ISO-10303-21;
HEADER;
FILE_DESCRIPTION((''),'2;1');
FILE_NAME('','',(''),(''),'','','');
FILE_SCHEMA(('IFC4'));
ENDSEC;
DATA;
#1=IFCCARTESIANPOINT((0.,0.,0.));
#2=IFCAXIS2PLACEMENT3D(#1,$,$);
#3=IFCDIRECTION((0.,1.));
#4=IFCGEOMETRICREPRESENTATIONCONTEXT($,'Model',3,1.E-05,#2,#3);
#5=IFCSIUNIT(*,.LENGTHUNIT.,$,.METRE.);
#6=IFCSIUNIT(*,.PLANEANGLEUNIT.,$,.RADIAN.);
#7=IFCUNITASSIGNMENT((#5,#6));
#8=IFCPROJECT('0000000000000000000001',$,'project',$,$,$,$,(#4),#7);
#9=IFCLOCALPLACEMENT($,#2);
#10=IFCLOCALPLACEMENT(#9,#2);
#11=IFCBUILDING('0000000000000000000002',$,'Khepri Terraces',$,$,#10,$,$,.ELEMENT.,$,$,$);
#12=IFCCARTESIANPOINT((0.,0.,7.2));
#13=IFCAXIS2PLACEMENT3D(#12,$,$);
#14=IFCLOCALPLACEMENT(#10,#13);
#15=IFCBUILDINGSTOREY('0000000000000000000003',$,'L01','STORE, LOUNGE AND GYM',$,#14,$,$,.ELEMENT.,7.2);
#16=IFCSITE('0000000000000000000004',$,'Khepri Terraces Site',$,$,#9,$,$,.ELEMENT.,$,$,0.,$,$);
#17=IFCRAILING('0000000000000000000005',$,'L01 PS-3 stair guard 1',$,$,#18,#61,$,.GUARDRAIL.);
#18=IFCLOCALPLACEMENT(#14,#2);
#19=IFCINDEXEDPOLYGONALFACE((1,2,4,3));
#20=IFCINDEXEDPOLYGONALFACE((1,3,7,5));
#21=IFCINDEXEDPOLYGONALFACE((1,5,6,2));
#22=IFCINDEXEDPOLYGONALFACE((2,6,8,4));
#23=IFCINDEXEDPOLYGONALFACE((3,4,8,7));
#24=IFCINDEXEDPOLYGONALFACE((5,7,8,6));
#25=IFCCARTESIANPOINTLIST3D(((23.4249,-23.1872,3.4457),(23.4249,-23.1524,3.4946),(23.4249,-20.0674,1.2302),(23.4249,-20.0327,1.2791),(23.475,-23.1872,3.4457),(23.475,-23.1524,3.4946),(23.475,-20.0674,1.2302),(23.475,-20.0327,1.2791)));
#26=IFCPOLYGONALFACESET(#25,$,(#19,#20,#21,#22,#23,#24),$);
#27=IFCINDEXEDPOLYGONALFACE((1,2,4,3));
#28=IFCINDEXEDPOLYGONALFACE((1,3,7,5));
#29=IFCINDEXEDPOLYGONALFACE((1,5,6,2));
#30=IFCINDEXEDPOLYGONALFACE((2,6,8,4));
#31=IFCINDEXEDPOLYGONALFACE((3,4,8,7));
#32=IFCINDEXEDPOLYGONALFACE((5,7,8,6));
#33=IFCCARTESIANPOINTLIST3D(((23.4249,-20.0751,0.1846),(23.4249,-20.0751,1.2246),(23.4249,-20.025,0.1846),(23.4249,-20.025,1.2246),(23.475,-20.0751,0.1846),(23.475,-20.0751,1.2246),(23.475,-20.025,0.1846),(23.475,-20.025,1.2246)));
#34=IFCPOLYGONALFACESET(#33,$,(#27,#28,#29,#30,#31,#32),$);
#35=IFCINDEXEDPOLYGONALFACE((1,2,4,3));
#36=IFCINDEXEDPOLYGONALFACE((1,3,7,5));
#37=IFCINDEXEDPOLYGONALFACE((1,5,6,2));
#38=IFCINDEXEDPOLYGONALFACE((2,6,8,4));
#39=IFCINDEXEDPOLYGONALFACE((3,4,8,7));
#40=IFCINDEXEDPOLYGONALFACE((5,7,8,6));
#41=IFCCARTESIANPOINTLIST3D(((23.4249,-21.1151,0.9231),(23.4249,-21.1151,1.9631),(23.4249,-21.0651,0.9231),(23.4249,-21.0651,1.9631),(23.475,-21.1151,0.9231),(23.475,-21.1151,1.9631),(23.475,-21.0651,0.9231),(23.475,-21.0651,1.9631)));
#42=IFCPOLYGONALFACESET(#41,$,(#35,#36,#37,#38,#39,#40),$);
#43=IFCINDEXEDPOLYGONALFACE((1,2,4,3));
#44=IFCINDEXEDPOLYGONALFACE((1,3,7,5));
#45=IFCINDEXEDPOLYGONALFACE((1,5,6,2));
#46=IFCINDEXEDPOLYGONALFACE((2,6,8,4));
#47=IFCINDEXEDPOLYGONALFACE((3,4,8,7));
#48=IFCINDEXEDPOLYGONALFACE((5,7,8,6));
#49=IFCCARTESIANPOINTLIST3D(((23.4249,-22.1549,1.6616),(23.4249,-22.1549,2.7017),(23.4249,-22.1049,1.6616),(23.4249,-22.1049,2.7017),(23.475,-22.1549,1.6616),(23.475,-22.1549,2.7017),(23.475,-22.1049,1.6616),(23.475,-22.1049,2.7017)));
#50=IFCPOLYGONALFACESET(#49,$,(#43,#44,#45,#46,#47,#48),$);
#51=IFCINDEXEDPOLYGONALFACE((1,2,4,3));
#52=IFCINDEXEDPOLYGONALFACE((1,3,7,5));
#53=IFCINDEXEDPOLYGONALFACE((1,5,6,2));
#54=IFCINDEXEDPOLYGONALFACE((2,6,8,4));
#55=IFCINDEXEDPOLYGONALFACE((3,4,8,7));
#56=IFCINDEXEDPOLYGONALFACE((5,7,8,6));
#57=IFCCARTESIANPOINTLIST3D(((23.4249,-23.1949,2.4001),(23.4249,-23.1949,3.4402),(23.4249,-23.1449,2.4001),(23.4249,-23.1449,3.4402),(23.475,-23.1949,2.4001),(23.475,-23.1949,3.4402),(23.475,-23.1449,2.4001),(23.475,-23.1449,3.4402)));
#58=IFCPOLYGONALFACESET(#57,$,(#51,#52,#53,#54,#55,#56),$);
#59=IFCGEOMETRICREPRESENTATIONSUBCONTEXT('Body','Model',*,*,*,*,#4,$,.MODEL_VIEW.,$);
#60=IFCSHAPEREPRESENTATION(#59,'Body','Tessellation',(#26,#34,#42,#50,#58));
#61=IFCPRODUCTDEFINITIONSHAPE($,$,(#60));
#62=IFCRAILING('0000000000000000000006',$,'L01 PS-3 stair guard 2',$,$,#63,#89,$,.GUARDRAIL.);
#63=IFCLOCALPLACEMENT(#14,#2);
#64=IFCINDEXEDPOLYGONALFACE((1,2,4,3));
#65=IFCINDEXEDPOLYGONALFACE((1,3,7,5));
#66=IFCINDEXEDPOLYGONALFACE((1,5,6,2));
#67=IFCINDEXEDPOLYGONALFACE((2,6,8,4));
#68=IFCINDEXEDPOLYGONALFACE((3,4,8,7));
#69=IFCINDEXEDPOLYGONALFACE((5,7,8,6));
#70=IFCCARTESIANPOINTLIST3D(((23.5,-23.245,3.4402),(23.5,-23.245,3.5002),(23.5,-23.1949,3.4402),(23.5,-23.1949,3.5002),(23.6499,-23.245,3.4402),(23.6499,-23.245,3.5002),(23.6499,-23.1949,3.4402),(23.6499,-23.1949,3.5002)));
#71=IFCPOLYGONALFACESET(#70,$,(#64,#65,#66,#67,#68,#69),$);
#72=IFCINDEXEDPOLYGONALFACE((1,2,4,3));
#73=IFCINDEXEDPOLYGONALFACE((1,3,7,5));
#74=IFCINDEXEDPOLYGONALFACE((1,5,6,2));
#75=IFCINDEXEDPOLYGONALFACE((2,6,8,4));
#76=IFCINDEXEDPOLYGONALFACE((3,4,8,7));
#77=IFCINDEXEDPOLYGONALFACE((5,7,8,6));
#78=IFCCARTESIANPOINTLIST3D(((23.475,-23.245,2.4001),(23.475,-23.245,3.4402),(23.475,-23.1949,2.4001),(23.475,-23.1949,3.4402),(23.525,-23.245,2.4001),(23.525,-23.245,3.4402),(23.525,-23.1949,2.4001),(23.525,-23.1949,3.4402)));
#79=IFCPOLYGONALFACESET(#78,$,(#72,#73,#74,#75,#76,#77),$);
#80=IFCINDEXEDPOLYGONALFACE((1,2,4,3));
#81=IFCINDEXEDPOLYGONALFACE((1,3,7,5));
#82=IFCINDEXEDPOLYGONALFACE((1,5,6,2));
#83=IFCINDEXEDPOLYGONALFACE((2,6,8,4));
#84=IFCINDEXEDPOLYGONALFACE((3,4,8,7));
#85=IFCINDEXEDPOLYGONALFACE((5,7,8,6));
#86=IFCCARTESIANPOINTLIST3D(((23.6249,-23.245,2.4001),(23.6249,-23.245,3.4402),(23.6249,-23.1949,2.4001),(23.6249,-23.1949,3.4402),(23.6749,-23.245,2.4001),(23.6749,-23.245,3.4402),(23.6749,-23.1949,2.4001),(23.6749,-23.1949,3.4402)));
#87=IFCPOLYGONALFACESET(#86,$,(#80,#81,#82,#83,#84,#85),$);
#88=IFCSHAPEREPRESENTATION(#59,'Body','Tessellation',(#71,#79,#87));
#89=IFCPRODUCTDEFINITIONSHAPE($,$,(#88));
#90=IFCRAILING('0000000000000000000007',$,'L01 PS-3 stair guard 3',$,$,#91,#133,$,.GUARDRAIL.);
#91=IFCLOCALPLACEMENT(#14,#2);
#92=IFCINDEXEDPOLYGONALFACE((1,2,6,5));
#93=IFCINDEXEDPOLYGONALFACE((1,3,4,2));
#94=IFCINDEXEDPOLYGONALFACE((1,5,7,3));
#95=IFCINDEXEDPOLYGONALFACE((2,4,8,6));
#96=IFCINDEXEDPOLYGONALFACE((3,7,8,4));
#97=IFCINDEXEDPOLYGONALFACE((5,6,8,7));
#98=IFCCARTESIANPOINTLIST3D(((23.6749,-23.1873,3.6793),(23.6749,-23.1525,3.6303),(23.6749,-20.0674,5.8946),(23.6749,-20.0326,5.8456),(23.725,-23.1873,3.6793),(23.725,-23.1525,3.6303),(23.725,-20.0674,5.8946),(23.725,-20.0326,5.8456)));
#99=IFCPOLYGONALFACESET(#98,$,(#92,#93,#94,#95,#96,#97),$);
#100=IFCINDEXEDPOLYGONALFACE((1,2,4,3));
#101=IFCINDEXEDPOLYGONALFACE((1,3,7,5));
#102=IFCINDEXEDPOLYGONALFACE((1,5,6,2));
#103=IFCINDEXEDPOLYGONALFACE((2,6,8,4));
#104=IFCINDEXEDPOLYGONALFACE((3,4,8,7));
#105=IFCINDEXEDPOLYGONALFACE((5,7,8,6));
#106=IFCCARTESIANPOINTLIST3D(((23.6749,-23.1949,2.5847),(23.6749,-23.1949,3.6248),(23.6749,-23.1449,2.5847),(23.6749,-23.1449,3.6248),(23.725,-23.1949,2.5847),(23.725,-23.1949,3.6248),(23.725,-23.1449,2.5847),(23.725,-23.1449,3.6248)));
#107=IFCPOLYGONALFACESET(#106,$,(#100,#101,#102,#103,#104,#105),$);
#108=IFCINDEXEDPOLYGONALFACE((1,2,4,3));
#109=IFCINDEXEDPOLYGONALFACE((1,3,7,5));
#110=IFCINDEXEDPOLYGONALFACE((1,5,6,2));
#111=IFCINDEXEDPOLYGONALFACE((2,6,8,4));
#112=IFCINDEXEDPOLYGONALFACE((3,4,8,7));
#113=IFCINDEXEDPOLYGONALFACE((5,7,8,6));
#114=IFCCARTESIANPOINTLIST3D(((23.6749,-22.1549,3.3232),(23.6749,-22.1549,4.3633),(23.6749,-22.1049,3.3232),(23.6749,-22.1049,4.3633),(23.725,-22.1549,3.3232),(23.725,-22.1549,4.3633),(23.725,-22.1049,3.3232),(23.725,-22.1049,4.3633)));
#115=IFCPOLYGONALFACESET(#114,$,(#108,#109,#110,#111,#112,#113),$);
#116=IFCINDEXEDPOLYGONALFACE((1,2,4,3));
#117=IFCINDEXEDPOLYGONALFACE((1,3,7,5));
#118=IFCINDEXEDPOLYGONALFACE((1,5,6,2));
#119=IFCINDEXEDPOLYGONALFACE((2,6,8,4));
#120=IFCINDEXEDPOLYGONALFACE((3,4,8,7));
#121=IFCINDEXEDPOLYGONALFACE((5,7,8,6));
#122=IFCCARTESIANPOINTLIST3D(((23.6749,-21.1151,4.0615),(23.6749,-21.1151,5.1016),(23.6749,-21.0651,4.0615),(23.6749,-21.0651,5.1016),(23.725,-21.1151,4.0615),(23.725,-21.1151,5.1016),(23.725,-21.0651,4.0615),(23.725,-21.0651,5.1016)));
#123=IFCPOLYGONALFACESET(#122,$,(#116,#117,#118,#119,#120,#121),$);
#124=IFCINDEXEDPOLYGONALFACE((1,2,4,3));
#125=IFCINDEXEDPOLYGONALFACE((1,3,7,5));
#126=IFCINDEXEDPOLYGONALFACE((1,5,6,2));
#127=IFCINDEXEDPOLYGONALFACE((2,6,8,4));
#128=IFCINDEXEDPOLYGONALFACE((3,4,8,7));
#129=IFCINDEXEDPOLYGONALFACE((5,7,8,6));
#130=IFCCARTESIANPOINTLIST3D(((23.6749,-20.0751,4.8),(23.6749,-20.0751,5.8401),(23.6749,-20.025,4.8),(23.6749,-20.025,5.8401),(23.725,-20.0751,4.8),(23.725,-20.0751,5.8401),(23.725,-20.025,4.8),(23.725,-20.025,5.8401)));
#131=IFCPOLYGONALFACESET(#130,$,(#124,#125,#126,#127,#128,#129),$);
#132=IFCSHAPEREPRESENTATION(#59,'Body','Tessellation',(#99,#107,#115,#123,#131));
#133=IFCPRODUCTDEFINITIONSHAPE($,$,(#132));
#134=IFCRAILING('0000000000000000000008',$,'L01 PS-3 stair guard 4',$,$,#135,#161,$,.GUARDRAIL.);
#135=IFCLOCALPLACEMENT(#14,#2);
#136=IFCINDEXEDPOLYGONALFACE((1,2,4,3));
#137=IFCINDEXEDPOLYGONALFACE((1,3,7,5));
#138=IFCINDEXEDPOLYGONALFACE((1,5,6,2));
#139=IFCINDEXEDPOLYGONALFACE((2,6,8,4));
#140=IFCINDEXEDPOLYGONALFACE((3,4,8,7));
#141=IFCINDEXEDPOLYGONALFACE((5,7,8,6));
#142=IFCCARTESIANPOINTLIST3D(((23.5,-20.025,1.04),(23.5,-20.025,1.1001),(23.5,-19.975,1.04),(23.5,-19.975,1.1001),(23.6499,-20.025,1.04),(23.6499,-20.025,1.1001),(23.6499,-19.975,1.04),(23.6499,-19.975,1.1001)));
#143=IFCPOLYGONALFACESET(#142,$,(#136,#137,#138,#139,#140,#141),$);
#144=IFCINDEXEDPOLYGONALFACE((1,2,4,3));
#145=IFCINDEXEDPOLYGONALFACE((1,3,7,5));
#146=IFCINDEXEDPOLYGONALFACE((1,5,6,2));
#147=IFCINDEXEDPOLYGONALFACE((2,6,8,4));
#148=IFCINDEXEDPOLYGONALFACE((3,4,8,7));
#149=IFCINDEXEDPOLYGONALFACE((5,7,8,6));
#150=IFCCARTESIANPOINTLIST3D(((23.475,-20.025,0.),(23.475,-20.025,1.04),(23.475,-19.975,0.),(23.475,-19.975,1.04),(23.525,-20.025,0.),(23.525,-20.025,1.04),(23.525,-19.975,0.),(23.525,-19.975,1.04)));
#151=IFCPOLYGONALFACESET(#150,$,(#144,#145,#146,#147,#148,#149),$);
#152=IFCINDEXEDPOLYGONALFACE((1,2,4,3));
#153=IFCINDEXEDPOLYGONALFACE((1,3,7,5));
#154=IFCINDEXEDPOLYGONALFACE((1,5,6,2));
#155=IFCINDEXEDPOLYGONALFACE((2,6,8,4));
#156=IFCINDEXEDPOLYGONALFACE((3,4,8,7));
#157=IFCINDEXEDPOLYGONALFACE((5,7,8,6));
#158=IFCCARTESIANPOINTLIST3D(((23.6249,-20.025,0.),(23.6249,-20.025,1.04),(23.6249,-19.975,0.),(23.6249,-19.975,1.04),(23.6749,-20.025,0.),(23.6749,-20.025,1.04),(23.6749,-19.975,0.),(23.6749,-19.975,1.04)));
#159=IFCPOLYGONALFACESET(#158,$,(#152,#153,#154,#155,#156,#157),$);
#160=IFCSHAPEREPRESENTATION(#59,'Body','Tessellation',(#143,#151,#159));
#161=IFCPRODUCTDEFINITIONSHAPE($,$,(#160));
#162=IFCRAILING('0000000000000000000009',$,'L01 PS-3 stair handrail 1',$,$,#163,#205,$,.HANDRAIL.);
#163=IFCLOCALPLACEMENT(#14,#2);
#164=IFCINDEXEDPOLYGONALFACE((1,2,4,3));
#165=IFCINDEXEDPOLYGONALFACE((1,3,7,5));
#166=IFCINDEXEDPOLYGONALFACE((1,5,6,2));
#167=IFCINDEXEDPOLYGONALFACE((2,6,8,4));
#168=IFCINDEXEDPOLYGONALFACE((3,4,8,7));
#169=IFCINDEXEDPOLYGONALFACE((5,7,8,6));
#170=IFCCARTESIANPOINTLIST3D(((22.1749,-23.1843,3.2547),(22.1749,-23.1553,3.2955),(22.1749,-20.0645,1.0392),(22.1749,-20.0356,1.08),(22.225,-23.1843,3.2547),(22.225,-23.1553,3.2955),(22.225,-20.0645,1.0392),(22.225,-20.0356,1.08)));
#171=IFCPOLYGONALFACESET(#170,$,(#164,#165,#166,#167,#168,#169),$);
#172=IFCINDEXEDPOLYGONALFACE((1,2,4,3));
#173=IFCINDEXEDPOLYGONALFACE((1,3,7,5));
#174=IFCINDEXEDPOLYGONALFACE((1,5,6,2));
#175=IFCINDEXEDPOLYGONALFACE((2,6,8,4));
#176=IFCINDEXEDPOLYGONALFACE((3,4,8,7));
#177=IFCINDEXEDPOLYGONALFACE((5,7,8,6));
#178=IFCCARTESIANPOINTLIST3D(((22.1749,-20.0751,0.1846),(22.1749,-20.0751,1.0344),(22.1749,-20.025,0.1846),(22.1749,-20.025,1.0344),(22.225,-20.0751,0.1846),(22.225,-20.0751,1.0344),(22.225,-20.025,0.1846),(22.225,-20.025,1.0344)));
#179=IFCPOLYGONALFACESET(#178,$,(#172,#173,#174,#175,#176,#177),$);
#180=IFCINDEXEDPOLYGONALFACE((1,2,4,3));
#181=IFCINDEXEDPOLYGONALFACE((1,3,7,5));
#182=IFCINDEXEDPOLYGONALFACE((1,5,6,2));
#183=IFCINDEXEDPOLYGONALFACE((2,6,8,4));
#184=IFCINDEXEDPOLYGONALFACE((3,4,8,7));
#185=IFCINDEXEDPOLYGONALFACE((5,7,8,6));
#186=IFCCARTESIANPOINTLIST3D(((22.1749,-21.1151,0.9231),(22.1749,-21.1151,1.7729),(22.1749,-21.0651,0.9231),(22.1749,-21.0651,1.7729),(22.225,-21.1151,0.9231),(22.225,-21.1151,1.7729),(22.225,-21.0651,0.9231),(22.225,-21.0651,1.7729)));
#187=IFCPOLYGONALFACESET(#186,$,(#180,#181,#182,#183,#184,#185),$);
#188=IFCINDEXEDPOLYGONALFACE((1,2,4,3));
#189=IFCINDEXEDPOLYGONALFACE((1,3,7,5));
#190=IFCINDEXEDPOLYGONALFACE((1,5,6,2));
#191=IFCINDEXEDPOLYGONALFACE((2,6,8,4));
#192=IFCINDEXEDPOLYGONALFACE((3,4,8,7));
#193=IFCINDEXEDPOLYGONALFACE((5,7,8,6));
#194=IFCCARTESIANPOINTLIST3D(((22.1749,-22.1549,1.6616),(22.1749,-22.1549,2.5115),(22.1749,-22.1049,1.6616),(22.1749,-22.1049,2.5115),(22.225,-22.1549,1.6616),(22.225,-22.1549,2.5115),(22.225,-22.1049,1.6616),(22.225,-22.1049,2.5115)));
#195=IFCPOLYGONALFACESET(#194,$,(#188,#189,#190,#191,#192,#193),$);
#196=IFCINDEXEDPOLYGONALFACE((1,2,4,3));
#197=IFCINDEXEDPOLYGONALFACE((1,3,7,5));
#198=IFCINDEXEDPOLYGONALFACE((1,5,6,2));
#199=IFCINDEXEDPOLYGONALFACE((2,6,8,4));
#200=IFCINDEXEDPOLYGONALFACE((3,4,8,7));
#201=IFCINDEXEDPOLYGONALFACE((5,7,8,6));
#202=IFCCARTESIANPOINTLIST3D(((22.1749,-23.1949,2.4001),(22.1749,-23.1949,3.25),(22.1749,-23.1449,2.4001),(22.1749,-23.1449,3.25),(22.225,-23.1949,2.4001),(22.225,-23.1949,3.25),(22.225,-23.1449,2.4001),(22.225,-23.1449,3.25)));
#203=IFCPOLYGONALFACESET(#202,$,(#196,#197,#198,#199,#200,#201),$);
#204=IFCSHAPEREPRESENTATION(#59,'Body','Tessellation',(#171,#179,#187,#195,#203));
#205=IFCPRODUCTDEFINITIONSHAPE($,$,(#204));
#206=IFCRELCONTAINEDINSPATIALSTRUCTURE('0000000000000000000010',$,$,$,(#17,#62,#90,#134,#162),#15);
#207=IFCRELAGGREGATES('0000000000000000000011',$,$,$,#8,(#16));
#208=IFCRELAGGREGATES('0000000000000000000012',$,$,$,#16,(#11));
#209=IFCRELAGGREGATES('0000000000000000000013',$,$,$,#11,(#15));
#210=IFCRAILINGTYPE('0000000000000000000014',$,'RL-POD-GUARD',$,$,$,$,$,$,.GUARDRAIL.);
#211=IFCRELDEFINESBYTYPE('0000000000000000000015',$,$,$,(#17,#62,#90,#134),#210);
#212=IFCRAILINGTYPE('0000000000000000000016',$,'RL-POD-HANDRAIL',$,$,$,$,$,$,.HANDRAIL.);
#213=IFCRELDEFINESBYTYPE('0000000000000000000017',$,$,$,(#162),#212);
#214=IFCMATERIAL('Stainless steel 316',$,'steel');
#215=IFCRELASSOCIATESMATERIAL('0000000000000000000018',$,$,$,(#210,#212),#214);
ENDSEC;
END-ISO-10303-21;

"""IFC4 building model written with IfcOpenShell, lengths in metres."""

from ifc_helpers import new_model, si_unit, direction, frame, origin, origin_2d, place, context, subcontext, project, spatial, rectangle, extrude, material, type_object, element, save


model = new_model("IFC4")

# Units and contexts
model_context = context("Model", 3, precision=1e-05, world=origin(), true_north=direction((0.0, 1.0)))
body_context = subcontext(model_context, "Body", "Model", "MODEL_VIEW")
ifc_project = project(units=[si_unit("LENGTHUNIT", "METRE"), si_unit("PLANEANGLEUNIT", "RADIAN")], contexts=[model_context])

# Site, building, storey
site_placement = place(None, origin())
site = spatial("IfcSite", under=ifc_project, at=site_placement, Name="Khepri Terraces Site", CompositionType="ELEMENT", RefElevation=0.0)
building_placement = place(site_placement, origin())
building = spatial("IfcBuilding", under=site, at=building_placement, Name="Khepri Terraces", CompositionType="ELEMENT")
storey_placement = place(building_placement, frame((0.0, 0.0, 7.2)))
storey = spatial("IfcBuildingStorey", under=building, at=storey_placement, Name="L01", Description="STORE, LOUNGE AND GYM", CompositionType="ELEMENT", Elevation=7.2)

# Railings
ifc_material_1 = material(Name="Stainless steel 316", Category="steel")
railing_type_1 = type_object("IfcRailingType", Name="RL-POD-GUARD", PredefinedType="GUARDRAIL", material=ifc_material_1)
railing_1_placement = place(storey_placement, frame((23.45, -20.05, 0.1846)))
element("IfcRailing", 1, at=railing_1_placement, inside=storey, type_object=railing_type_1, Name="L01 PS-3 stair guard 1", PredefinedType="GUARDRAIL", context=body_context, shape_type="SweptSolid", body=[
    extrude(rectangle(XDim=0.05, YDim=0.0601, at=origin_2d()), frame((0.0, 0.0, 1.0701), z_axis=(0.0, -0.815325, 0.579003), x_axis=(1.0, 0.0, 0.0)), (0.0, 0.0, 1.0), 3.8264),
    extrude(rectangle(XDim=0.05, YDim=0.05, at=origin_2d()), origin(), (0.0, 0.0, 1.0), 1.04),
    extrude(rectangle(XDim=0.05, YDim=0.05, at=origin_2d()), frame((0.0, -1.04, 0.7385)), (0.0, 0.0, 1.0), 1.04),
    extrude(rectangle(XDim=0.05, YDim=0.05, at=origin_2d()), frame((0.0, -2.0798, 1.4771)), (0.0, 0.0, 1.0), 1.04),
    extrude(rectangle(XDim=0.05, YDim=0.05, at=origin_2d()), frame((0.0, -3.1199, 2.2156)), (0.0, 0.0, 1.0), 1.04),
])
railing_2_placement = place(storey_placement, frame((23.5, -23.22, 2.4001)))
element("IfcRailing", 2, at=railing_2_placement, inside=storey, type_object=railing_type_1, Name="L01 PS-3 stair guard 2", PredefinedType="GUARDRAIL", context=body_context, shape_type="SweptSolid", body=[
    extrude(rectangle(XDim=0.05, YDim=0.0601, at=origin_2d()), frame((0.0, 0.0, 1.0701), z_axis=(1.0, 0.0, 0.0), x_axis=(0.0, 1.0, 0.0)), (0.0, 0.0, 1.0), 0.1499),
    extrude(rectangle(XDim=0.05, YDim=0.05, at=origin_2d()), origin(), (0.0, 0.0, 1.0), 1.04),
    extrude(rectangle(XDim=0.05, YDim=0.05, at=origin_2d()), frame((0.1499, 0.0, 0.0)), (0.0, 0.0, 1.0), 1.04),
])
railing_3_placement = place(storey_placement, frame((23.7, -23.1699, 2.5847)))
element("IfcRailing", 3, at=railing_3_placement, inside=storey, type_object=railing_type_1, Name="L01 PS-3 stair guard 3", PredefinedType="GUARDRAIL", context=body_context, shape_type="SweptSolid", body=[
    extrude(rectangle(XDim=0.05, YDim=0.0601, at=origin_2d()), frame((0.0, 0.0, 1.0701), z_axis=(0.0, 0.815356, 0.578961), x_axis=(-1.0, 0.0, 0.0)), (0.0, 0.0, 1.0), 3.8264),
    extrude(rectangle(XDim=0.05, YDim=0.05, at=origin_2d()), origin(), (0.0, 0.0, 1.0), 1.04),
    extrude(rectangle(XDim=0.05, YDim=0.05, at=origin_2d()), frame((0.0, 1.04, 0.7385)), (0.0, 0.0, 1.0), 1.04),
    extrude(rectangle(XDim=0.05, YDim=0.05, at=origin_2d()), frame((0.0, 2.0798, 1.4768)), (0.0, 0.0, 1.0), 1.04),
    extrude(rectangle(XDim=0.05, YDim=0.05, at=origin_2d()), frame((0.0, 3.1199, 2.2153)), (0.0, 0.0, 1.0), 1.04),
])
railing_4_placement = place(storey_placement, frame((23.5, -20.0, 0.0)))
element("IfcRailing", 4, at=railing_4_placement, inside=storey, type_object=railing_type_1, Name="L01 PS-3 stair guard 4", PredefinedType="GUARDRAIL", context=body_context, shape_type="SweptSolid", body=[
    extrude(rectangle(XDim=0.05, YDim=0.0601, at=origin_2d()), frame((0.0, 0.0, 1.0701), z_axis=(1.0, 0.0, 0.0), x_axis=(0.0, 1.0, 0.0)), (0.0, 0.0, 1.0), 0.1499),
    extrude(rectangle(XDim=0.05, YDim=0.05, at=origin_2d()), origin(), (0.0, 0.0, 1.0), 1.04),
    extrude(rectangle(XDim=0.05, YDim=0.05, at=origin_2d()), frame((0.1499, 0.0, 0.0)), (0.0, 0.0, 1.0), 1.04),
])
railing_type_2 = type_object("IfcRailingType", Name="RL-POD-HANDRAIL", PredefinedType="HANDRAIL", material=ifc_material_1)
railing_5_placement = place(storey_placement, frame((22.2, -20.05, 0.1846)))
element("IfcRailing", 5, at=railing_5_placement, inside=storey, type_object=railing_type_2, Name="L01 PS-3 stair handrail 1", PredefinedType="HANDRAIL", context=body_context, shape_type="SweptSolid", body=[
    extrude(rectangle(XDim=0.05, YDim=0.05, at=origin_2d()), frame((0.0, 0.0, 0.875), z_axis=(0.0, -0.815325, 0.579003), x_axis=(1.0, 0.0, 0.0)), (0.0, 0.0, 1.0), 3.8264),
    extrude(rectangle(XDim=0.05, YDim=0.05, at=origin_2d()), origin(), (0.0, 0.0, 1.0), 0.8499),
    extrude(rectangle(XDim=0.05, YDim=0.05, at=origin_2d()), frame((0.0, -1.04, 0.7385)), (0.0, 0.0, 1.0), 0.8499),
    extrude(rectangle(XDim=0.05, YDim=0.05, at=origin_2d()), frame((0.0, -2.0798, 1.4771)), (0.0, 0.0, 1.0), 0.8499),
    extrude(rectangle(XDim=0.05, YDim=0.05, at=origin_2d()), frame((0.0, -3.1199, 2.2156)), (0.0, 0.0, 1.0), 0.8499),
])

save(model, "model.ifc")
